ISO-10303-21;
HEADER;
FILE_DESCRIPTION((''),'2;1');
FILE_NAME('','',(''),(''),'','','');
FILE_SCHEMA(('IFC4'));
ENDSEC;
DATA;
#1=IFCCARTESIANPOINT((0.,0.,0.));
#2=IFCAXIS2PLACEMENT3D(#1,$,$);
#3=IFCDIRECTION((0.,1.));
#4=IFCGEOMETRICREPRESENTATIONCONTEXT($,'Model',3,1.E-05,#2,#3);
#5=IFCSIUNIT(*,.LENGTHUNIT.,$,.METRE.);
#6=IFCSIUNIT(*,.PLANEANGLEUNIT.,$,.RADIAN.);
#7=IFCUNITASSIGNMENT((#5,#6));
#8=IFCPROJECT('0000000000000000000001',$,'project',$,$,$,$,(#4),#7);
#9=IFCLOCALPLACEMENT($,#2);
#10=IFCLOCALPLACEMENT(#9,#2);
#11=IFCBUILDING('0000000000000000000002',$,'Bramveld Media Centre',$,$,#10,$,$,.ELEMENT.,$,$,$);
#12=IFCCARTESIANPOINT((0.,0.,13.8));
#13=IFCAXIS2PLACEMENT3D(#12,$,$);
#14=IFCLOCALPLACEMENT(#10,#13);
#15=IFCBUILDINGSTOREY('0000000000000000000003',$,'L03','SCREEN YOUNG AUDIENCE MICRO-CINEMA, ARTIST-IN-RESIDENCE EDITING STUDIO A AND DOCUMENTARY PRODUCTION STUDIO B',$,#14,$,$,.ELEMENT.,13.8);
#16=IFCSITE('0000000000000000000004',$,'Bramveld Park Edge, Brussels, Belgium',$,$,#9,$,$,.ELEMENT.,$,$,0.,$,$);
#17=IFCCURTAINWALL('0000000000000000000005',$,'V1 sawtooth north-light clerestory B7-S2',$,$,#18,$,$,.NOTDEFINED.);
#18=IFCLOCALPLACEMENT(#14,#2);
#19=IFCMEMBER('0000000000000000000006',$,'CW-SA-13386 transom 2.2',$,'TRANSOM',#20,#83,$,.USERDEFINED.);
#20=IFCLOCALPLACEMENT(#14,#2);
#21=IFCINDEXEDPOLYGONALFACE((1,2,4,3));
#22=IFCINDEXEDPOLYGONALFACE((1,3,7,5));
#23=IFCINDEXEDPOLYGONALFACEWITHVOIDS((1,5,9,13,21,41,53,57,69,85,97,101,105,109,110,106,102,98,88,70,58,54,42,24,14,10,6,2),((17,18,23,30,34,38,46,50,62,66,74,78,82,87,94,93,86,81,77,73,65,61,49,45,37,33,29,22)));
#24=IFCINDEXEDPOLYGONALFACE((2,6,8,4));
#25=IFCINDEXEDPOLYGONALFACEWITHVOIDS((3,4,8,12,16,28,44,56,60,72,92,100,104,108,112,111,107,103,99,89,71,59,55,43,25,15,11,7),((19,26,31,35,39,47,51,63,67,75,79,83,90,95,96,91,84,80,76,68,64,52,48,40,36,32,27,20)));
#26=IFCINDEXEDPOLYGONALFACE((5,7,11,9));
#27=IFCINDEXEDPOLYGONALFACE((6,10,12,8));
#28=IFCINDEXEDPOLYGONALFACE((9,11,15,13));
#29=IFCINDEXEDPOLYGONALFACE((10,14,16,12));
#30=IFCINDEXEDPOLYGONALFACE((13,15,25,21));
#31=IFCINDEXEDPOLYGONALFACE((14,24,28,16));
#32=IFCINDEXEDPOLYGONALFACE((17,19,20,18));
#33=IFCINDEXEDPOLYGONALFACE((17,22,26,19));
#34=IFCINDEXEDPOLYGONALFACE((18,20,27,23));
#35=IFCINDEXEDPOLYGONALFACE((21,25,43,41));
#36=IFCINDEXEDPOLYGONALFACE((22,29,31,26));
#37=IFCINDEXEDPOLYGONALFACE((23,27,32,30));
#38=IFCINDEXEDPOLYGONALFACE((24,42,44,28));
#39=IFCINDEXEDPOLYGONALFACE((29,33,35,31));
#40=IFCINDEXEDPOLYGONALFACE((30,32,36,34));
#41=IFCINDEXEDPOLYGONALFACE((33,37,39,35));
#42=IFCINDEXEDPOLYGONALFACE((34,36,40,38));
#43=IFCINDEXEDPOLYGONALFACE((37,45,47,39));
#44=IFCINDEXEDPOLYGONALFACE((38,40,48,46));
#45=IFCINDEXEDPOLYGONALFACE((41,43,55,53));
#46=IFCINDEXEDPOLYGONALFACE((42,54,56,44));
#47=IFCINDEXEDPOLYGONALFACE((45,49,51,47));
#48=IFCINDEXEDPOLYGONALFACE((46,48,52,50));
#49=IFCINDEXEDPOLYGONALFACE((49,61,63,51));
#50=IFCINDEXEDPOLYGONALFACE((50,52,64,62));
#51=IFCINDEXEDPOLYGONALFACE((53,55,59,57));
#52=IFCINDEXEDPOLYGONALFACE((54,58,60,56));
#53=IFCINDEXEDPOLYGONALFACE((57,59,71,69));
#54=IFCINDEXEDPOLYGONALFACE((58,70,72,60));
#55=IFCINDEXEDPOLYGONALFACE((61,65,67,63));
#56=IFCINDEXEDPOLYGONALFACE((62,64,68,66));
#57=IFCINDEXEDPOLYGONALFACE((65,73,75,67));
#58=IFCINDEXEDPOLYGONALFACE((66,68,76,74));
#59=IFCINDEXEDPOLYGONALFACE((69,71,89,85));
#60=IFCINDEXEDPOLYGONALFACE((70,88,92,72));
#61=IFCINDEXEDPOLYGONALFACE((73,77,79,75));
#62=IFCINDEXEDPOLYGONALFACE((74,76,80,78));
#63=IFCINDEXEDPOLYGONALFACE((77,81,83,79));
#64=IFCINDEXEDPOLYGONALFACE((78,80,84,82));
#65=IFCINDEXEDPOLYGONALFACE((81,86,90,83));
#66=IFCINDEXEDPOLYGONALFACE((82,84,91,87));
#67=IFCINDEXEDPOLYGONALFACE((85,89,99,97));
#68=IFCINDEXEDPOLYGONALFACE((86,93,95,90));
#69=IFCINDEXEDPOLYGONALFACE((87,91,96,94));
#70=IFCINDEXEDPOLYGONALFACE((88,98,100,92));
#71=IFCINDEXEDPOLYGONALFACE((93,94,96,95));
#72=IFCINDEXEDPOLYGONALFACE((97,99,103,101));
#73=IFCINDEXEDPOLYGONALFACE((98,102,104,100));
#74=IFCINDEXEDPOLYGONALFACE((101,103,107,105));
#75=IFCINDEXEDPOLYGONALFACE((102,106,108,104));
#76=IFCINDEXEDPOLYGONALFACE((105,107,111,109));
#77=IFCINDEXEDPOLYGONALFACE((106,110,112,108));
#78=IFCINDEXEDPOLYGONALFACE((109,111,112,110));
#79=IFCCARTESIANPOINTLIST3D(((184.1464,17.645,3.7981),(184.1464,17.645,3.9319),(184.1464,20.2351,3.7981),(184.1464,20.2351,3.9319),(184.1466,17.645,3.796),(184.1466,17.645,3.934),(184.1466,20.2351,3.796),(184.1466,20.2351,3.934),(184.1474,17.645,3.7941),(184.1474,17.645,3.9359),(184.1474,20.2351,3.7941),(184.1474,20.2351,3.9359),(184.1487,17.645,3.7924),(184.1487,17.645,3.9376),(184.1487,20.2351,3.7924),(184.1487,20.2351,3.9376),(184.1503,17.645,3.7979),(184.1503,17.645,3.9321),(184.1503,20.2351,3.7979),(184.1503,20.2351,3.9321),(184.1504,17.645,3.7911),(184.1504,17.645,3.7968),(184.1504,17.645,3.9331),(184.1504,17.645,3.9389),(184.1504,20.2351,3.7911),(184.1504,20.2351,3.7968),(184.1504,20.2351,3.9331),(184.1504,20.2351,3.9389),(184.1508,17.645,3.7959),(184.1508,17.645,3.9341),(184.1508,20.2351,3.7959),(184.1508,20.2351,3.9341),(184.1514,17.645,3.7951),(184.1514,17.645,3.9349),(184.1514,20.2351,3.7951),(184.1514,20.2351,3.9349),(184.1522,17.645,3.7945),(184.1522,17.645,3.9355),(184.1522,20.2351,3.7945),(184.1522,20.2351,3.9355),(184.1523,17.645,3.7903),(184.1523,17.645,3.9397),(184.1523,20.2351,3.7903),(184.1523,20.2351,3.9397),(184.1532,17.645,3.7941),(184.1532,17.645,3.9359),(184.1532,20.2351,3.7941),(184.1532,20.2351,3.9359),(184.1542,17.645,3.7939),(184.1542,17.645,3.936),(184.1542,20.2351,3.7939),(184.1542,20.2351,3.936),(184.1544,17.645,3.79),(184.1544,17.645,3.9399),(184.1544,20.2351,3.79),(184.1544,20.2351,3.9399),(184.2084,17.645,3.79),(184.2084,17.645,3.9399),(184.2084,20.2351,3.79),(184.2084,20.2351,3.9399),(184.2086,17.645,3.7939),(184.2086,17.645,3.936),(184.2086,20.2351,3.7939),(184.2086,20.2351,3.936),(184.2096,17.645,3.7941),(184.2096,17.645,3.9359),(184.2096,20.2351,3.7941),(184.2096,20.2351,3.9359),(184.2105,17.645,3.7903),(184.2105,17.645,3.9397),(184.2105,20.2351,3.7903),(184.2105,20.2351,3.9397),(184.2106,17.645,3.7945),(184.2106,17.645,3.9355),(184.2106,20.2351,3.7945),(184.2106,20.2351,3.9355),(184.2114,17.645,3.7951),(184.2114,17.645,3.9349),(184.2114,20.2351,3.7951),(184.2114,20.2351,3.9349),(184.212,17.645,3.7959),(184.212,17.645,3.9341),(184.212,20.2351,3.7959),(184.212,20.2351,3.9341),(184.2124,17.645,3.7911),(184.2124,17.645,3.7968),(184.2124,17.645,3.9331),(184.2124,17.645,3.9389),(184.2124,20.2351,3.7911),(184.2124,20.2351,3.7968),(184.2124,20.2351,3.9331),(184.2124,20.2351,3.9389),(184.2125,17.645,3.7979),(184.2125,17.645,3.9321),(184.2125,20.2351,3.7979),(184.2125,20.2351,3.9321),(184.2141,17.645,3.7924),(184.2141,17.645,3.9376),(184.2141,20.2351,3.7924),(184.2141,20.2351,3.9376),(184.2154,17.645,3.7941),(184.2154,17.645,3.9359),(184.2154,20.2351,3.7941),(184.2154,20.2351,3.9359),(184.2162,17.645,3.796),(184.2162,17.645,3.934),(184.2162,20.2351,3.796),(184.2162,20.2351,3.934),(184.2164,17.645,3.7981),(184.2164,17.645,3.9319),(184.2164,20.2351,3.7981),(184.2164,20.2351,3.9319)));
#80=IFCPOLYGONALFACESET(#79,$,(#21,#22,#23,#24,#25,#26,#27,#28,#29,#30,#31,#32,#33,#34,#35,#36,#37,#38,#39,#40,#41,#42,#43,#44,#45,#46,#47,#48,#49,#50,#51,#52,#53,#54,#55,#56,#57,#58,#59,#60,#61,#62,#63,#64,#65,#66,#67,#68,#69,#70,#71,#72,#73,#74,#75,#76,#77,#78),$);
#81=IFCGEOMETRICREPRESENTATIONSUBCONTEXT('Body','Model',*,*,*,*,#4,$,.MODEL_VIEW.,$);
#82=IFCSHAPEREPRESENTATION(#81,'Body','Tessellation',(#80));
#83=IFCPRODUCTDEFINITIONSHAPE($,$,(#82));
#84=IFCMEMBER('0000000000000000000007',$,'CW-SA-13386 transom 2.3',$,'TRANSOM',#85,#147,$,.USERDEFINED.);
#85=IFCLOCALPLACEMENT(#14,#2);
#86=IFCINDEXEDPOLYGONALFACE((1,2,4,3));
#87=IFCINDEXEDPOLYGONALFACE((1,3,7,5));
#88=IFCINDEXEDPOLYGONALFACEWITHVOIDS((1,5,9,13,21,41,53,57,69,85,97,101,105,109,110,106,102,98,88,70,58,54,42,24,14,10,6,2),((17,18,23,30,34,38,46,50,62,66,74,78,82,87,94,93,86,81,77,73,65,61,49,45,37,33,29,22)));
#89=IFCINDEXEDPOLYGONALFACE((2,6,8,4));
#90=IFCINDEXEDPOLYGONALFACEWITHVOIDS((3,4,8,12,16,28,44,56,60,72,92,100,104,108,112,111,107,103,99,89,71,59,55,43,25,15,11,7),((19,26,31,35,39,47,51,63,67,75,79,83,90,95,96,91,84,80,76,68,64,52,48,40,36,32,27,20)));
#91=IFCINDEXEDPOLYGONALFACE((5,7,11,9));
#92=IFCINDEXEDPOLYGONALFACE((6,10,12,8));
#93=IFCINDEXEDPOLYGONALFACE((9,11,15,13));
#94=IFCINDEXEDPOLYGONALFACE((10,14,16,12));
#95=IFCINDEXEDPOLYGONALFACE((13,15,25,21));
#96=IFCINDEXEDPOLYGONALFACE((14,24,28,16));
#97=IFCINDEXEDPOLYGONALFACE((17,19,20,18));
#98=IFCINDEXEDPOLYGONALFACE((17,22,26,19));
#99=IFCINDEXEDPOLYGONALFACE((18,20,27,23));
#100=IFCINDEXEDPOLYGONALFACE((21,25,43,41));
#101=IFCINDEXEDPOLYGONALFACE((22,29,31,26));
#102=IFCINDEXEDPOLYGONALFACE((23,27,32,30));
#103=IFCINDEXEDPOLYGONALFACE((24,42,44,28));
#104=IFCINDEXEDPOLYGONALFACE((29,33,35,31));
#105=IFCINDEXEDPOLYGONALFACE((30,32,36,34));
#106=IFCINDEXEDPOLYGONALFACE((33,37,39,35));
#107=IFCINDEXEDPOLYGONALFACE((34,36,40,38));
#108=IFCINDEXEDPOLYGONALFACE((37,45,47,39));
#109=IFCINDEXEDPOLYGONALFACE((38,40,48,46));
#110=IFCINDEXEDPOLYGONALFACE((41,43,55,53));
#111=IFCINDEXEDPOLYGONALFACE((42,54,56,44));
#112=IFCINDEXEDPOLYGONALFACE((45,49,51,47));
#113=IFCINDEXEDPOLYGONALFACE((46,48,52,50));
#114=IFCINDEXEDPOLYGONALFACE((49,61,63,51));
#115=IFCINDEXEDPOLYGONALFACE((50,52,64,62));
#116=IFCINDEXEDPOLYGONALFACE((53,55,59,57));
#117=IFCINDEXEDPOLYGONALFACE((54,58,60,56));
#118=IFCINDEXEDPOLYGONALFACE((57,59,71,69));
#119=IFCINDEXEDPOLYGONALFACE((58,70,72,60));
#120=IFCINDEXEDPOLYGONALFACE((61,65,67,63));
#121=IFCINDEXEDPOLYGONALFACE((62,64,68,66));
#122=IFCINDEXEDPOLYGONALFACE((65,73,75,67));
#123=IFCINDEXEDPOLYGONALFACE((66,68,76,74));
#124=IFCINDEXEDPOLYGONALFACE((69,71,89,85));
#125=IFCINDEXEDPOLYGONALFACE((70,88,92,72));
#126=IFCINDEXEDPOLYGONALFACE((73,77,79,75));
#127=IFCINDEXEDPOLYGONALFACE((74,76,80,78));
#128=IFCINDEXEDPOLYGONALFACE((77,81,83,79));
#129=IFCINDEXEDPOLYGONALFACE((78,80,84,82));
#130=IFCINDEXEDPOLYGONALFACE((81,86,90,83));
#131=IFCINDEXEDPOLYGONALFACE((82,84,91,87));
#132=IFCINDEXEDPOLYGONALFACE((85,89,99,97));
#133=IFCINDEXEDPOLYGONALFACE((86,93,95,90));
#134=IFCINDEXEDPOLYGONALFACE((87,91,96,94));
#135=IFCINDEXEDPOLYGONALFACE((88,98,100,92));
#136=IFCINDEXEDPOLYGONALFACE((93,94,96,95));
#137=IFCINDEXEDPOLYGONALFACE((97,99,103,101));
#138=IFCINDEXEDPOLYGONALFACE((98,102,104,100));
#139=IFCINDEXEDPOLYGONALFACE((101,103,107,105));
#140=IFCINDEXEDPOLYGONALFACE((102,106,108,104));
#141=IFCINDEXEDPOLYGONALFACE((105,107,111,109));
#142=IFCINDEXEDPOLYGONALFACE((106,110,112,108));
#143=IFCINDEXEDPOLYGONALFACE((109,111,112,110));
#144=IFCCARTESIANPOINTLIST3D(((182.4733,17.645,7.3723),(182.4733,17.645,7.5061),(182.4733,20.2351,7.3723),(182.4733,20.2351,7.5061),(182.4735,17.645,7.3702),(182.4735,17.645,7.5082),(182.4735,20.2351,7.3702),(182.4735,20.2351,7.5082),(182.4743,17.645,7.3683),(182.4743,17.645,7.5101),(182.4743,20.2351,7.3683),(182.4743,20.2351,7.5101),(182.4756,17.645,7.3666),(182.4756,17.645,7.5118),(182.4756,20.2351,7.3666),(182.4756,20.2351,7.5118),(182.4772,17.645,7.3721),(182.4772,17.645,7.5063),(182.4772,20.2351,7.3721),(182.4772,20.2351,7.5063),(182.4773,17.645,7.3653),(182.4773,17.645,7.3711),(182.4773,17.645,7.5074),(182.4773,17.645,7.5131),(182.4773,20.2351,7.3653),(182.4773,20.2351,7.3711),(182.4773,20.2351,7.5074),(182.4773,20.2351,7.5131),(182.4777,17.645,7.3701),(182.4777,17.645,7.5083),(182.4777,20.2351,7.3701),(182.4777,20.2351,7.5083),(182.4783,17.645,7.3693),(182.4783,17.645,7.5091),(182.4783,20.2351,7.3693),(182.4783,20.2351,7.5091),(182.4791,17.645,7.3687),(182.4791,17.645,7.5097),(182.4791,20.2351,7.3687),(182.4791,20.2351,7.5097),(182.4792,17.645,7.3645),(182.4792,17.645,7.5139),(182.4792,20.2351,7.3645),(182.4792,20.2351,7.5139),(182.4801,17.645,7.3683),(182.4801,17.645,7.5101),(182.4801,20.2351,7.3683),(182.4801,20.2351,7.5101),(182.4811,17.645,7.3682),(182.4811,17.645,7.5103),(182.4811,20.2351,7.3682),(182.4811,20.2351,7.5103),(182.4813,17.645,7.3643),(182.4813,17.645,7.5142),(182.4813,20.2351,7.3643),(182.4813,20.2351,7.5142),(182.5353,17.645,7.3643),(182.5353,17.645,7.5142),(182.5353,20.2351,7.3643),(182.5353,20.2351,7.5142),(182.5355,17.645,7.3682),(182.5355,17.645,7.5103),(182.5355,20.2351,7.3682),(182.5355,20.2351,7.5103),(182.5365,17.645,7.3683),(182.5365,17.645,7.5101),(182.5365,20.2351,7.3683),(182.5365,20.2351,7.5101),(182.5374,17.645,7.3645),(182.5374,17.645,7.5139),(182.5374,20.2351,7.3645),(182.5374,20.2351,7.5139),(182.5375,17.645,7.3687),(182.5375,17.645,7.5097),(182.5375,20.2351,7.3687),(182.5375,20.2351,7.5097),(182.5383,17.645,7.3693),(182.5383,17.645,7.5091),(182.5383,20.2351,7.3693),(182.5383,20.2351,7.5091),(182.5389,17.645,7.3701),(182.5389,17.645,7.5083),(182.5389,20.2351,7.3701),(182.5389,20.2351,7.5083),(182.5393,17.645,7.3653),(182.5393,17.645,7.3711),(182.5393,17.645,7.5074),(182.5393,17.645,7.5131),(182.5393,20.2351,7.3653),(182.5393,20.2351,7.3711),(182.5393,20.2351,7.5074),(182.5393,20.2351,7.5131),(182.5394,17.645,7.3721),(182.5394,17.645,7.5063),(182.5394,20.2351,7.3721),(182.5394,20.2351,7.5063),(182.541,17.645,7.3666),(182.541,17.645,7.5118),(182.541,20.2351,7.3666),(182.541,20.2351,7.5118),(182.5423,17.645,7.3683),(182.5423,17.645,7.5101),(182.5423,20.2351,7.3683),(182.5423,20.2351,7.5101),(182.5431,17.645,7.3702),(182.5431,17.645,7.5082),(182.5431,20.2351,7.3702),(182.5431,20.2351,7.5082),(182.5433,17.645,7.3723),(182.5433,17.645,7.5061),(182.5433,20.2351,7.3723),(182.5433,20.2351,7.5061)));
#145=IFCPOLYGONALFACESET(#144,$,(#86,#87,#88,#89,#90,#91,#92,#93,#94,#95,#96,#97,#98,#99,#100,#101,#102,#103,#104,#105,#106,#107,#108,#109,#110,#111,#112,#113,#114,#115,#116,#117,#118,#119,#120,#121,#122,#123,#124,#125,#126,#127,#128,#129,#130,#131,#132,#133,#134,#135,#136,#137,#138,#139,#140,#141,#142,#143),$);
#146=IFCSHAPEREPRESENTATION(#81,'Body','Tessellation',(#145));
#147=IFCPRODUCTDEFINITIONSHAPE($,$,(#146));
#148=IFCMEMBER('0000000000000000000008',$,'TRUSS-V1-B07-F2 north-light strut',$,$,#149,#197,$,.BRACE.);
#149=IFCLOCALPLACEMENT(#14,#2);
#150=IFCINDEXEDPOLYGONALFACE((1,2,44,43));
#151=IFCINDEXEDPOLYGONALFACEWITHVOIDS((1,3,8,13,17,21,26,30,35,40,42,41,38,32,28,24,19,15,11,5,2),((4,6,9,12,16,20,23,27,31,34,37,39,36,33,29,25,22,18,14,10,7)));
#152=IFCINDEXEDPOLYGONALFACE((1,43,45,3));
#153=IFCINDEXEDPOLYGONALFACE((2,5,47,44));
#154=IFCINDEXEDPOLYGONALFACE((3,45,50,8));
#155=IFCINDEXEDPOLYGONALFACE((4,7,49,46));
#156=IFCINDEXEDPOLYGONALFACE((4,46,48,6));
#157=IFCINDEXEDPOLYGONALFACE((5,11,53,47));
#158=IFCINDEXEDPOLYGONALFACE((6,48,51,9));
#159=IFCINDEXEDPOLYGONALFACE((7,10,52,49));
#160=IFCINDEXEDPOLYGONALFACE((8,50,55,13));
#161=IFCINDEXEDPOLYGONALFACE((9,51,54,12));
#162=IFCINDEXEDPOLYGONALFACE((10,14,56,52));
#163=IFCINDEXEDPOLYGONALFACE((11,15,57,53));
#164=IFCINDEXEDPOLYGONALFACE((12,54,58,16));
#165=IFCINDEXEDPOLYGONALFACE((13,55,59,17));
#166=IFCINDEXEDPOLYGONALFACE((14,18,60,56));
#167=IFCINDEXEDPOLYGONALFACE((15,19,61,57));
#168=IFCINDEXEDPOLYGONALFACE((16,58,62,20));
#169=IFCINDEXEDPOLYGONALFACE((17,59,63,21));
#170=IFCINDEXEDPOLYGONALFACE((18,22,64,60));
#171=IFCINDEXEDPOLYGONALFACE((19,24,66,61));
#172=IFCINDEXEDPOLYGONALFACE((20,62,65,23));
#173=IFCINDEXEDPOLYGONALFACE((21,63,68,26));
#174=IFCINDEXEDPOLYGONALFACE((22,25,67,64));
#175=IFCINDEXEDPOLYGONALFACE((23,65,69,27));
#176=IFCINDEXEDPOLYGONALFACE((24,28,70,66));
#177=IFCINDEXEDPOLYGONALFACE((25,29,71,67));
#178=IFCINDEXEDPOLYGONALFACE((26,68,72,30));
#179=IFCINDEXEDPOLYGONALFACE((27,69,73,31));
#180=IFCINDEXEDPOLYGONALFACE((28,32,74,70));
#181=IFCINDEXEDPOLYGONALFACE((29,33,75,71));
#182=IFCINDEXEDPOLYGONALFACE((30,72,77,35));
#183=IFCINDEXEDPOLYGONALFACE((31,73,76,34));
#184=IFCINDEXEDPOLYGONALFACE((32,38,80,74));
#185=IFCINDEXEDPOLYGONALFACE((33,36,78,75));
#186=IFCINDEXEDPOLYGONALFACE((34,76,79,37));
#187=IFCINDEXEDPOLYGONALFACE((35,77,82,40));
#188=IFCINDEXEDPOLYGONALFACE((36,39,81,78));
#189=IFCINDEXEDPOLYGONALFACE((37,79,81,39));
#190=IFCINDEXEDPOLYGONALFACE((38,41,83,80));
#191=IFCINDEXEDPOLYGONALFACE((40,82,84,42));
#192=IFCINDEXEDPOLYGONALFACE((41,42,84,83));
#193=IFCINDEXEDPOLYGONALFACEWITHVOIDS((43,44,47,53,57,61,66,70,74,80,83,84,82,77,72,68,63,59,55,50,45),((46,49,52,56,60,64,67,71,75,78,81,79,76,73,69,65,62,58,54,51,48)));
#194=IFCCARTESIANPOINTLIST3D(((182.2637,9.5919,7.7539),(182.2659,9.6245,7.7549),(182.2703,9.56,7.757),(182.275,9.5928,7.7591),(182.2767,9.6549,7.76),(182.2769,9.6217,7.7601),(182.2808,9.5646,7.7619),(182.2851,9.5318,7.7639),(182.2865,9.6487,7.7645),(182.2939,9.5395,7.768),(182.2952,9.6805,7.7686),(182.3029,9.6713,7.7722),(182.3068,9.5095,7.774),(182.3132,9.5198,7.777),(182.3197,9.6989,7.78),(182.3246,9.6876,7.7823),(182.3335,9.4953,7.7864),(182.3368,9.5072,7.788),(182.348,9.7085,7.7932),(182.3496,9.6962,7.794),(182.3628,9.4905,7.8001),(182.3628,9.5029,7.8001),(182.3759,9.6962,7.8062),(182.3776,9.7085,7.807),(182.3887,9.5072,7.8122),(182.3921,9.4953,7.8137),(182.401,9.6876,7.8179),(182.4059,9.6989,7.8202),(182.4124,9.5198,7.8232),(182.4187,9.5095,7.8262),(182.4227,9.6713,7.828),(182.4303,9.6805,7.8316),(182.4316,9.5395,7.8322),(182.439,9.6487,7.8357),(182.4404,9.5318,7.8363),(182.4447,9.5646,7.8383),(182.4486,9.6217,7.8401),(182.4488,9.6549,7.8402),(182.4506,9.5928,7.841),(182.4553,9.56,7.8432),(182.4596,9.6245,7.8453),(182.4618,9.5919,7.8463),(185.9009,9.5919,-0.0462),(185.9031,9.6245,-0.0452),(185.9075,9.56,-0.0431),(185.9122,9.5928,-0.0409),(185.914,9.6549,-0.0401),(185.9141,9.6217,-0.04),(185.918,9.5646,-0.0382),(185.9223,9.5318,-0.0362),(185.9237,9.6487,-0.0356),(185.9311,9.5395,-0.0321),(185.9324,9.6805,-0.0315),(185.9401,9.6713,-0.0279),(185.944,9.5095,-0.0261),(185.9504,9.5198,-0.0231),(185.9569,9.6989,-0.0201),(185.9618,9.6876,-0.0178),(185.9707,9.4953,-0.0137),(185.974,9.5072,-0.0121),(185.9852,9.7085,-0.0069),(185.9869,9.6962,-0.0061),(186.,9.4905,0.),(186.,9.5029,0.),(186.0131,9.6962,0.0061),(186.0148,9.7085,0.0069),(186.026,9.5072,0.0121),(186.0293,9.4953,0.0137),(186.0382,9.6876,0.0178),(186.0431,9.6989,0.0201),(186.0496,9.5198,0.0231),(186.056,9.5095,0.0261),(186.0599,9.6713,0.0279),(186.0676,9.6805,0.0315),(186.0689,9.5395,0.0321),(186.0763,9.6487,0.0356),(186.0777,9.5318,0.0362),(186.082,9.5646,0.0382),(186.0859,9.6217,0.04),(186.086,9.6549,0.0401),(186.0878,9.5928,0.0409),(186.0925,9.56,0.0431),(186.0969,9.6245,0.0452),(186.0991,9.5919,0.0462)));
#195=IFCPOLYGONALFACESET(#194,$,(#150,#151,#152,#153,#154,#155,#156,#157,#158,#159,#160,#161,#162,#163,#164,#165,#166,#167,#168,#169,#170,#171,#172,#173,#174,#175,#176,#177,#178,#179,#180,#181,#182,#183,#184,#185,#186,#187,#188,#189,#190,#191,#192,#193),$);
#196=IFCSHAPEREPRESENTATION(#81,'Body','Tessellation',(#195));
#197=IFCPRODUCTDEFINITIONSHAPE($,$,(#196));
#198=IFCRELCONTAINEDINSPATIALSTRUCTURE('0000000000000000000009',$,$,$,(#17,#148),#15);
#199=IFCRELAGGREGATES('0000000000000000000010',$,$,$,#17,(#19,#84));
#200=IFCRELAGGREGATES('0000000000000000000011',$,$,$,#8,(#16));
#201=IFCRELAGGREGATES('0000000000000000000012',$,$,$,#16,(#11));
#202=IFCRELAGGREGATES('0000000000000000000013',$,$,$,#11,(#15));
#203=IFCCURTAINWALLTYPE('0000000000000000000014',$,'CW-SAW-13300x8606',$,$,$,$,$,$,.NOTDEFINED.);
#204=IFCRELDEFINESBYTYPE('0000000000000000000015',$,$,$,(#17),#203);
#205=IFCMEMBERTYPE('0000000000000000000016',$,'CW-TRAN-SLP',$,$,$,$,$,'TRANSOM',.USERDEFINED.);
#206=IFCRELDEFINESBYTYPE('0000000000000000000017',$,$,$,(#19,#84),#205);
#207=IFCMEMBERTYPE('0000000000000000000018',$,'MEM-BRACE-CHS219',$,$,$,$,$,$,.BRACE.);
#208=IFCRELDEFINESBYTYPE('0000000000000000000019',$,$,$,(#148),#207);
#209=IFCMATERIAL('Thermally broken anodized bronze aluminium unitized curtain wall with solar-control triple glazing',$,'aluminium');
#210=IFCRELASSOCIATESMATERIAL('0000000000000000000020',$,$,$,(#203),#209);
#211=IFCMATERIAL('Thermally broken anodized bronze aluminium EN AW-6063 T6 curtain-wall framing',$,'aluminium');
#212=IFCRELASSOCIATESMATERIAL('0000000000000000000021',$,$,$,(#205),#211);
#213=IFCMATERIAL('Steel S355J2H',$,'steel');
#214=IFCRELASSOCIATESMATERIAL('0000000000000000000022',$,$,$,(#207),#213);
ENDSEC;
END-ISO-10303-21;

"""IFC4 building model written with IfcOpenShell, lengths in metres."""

from ifc_helpers import new_model, si_unit, direction, frame, origin, origin_2d, place, context, subcontext, project, spatial, hollow_rectangle, hollow_circle, extrude, material, material_profile, profile_set, type_object, element, aggregate, save


model = new_model("IFC4")

# Units and contexts
model_context = context("Model", 3, precision=1e-05, world=origin(), true_north=direction((0.0, 1.0)))
body_context = subcontext(model_context, "Body", "Model", "MODEL_VIEW")
ifc_project = project(units=[si_unit("LENGTHUNIT", "METRE"), si_unit("PLANEANGLEUNIT", "RADIAN")], contexts=[model_context])

# Site, building, storey
site_placement = place(None, origin())
site = spatial("IfcSite", under=ifc_project, at=site_placement, Name="Bramveld Park Edge, Brussels, Belgium", CompositionType="ELEMENT", RefElevation=0.0)
building_placement = place(site_placement, origin())
building = spatial("IfcBuilding", under=site, at=building_placement, Name="Bramveld Media Centre", CompositionType="ELEMENT")
storey_placement = place(building_placement, frame((0.0, 0.0, 13.8)))
storey = spatial("IfcBuildingStorey", under=building, at=storey_placement, Name="L03", Description="SCREEN YOUNG AUDIENCE MICRO-CINEMA, ARTIST-IN-RESIDENCE EDITING STUDIO A AND DOCUMENTARY PRODUCTION STUDIO B", CompositionType="ELEMENT", Elevation=13.8)

# Curtain wall
ifc_material_1 = material(Name="Thermally broken anodized bronze aluminium unitized curtain wall with solar-control triple glazing", Category="aluminium")
curtain_wall_type = type_object("IfcCurtainWallType", Name="CW-SAW-13300x8606", PredefinedType="NOTDEFINED", material=ifc_material_1)
curtain_wall_1_placement = place(storey_placement, origin())
curtain_wall_1 = element("IfcCurtainWall", 1, at=curtain_wall_1_placement, inside=storey, type_object=curtain_wall_type, Name="V1 sawtooth north-light clerestory B7-S2", PredefinedType="NOTDEFINED")

# Members
ifc_material_2 = material(Name="Thermally broken anodized bronze aluminium EN AW-6063 T6 curtain-wall framing", Category="aluminium")
ifc_material_profile_1 = material_profile(ifc_material_2, hollow_rectangle(XDim=0.0701, YDim=0.1499, WallThickness=0.0039, InnerFilletRadius=0.0039, OuterFilletRadius=0.0081, at=origin_2d()), Name="AL-TRAN 70x150")
ifc_profile_set_1 = profile_set([ifc_material_profile_1], Name="Thermally broken anodized bronze aluminium EN AW-6063 T6 curtain-wall framing")
member_type_1 = type_object("IfcMemberType", Name="CW-TRAN-SLP", ElementType="TRANSOM", PredefinedType="USERDEFINED", material=ifc_profile_set_1)
member_1_placement = place(storey_placement, frame((184.1814, 17.645, 3.865), z_axis=(0.0, 1.0, 0.0), x_axis=(-1.0, 0.0, 0.0)))
member_1 = element("IfcMember", 2, at=member_1_placement, type_object=member_type_1, Name="CW-SA-13386 transom 2.2", ObjectType="TRANSOM", PredefinedType="USERDEFINED", context=body_context, shape_type="SweptSolid", body=[
    extrude(hollow_rectangle(XDim=0.0701, YDim=0.1499, WallThickness=0.0039, InnerFilletRadius=0.0039, OuterFilletRadius=0.0081, at=origin_2d()), origin(), (0.0, 0.0, 1.0), 2.5901),
])
member_2_placement = place(storey_placement, frame((182.5083, 17.645, 7.4392), z_axis=(0.0, 1.0, 0.0), x_axis=(-1.0, 0.0, 0.0)))
member_2 = element("IfcMember", 3, at=member_2_placement, type_object=member_type_1, Name="CW-SA-13386 transom 2.3", ObjectType="TRANSOM", PredefinedType="USERDEFINED", context=body_context, shape_type="SweptSolid", body=[
    extrude(hollow_rectangle(XDim=0.0701, YDim=0.1499, WallThickness=0.0039, InnerFilletRadius=0.0039, OuterFilletRadius=0.0081, at=origin_2d()), origin(), (0.0, 0.0, 1.0), 2.5901),
])
ifc_material_3 = material(Name="Steel S355J2H", Category="steel")
ifc_material_profile_2 = material_profile(ifc_material_3, hollow_circle(Radius=0.1096, WallThickness=0.0125, at=origin_2d()), Name="CHS 219.1x12.5")
ifc_profile_set_2 = profile_set([ifc_material_profile_2], Name="Steel S355J2H")
member_type_2 = type_object("IfcMemberType", Name="MEM-BRACE-CHS219", PredefinedType="BRACE", material=ifc_profile_set_2)
member_3_placement = place(storey_placement, frame((186.0, 9.6001, 0.0), z_axis=(-0.422617, 0.0, 0.906308), x_axis=(0.0, -1.0, 0.0)))
element("IfcMember", 4, at=member_3_placement, inside=storey, type_object=member_type_2, Name="TRUSS-V1-B07-F2 north-light strut", PredefinedType="BRACE", context=body_context, shape_type="SweptSolid", body=[
    extrude(hollow_circle(Radius=0.1096, WallThickness=0.0125, at=origin_2d()), origin(), (0.0, 0.0, 1.0), 8.6064),
])

aggregate(curtain_wall_1, [member_1, member_2])

save(model, "model.ifc")
